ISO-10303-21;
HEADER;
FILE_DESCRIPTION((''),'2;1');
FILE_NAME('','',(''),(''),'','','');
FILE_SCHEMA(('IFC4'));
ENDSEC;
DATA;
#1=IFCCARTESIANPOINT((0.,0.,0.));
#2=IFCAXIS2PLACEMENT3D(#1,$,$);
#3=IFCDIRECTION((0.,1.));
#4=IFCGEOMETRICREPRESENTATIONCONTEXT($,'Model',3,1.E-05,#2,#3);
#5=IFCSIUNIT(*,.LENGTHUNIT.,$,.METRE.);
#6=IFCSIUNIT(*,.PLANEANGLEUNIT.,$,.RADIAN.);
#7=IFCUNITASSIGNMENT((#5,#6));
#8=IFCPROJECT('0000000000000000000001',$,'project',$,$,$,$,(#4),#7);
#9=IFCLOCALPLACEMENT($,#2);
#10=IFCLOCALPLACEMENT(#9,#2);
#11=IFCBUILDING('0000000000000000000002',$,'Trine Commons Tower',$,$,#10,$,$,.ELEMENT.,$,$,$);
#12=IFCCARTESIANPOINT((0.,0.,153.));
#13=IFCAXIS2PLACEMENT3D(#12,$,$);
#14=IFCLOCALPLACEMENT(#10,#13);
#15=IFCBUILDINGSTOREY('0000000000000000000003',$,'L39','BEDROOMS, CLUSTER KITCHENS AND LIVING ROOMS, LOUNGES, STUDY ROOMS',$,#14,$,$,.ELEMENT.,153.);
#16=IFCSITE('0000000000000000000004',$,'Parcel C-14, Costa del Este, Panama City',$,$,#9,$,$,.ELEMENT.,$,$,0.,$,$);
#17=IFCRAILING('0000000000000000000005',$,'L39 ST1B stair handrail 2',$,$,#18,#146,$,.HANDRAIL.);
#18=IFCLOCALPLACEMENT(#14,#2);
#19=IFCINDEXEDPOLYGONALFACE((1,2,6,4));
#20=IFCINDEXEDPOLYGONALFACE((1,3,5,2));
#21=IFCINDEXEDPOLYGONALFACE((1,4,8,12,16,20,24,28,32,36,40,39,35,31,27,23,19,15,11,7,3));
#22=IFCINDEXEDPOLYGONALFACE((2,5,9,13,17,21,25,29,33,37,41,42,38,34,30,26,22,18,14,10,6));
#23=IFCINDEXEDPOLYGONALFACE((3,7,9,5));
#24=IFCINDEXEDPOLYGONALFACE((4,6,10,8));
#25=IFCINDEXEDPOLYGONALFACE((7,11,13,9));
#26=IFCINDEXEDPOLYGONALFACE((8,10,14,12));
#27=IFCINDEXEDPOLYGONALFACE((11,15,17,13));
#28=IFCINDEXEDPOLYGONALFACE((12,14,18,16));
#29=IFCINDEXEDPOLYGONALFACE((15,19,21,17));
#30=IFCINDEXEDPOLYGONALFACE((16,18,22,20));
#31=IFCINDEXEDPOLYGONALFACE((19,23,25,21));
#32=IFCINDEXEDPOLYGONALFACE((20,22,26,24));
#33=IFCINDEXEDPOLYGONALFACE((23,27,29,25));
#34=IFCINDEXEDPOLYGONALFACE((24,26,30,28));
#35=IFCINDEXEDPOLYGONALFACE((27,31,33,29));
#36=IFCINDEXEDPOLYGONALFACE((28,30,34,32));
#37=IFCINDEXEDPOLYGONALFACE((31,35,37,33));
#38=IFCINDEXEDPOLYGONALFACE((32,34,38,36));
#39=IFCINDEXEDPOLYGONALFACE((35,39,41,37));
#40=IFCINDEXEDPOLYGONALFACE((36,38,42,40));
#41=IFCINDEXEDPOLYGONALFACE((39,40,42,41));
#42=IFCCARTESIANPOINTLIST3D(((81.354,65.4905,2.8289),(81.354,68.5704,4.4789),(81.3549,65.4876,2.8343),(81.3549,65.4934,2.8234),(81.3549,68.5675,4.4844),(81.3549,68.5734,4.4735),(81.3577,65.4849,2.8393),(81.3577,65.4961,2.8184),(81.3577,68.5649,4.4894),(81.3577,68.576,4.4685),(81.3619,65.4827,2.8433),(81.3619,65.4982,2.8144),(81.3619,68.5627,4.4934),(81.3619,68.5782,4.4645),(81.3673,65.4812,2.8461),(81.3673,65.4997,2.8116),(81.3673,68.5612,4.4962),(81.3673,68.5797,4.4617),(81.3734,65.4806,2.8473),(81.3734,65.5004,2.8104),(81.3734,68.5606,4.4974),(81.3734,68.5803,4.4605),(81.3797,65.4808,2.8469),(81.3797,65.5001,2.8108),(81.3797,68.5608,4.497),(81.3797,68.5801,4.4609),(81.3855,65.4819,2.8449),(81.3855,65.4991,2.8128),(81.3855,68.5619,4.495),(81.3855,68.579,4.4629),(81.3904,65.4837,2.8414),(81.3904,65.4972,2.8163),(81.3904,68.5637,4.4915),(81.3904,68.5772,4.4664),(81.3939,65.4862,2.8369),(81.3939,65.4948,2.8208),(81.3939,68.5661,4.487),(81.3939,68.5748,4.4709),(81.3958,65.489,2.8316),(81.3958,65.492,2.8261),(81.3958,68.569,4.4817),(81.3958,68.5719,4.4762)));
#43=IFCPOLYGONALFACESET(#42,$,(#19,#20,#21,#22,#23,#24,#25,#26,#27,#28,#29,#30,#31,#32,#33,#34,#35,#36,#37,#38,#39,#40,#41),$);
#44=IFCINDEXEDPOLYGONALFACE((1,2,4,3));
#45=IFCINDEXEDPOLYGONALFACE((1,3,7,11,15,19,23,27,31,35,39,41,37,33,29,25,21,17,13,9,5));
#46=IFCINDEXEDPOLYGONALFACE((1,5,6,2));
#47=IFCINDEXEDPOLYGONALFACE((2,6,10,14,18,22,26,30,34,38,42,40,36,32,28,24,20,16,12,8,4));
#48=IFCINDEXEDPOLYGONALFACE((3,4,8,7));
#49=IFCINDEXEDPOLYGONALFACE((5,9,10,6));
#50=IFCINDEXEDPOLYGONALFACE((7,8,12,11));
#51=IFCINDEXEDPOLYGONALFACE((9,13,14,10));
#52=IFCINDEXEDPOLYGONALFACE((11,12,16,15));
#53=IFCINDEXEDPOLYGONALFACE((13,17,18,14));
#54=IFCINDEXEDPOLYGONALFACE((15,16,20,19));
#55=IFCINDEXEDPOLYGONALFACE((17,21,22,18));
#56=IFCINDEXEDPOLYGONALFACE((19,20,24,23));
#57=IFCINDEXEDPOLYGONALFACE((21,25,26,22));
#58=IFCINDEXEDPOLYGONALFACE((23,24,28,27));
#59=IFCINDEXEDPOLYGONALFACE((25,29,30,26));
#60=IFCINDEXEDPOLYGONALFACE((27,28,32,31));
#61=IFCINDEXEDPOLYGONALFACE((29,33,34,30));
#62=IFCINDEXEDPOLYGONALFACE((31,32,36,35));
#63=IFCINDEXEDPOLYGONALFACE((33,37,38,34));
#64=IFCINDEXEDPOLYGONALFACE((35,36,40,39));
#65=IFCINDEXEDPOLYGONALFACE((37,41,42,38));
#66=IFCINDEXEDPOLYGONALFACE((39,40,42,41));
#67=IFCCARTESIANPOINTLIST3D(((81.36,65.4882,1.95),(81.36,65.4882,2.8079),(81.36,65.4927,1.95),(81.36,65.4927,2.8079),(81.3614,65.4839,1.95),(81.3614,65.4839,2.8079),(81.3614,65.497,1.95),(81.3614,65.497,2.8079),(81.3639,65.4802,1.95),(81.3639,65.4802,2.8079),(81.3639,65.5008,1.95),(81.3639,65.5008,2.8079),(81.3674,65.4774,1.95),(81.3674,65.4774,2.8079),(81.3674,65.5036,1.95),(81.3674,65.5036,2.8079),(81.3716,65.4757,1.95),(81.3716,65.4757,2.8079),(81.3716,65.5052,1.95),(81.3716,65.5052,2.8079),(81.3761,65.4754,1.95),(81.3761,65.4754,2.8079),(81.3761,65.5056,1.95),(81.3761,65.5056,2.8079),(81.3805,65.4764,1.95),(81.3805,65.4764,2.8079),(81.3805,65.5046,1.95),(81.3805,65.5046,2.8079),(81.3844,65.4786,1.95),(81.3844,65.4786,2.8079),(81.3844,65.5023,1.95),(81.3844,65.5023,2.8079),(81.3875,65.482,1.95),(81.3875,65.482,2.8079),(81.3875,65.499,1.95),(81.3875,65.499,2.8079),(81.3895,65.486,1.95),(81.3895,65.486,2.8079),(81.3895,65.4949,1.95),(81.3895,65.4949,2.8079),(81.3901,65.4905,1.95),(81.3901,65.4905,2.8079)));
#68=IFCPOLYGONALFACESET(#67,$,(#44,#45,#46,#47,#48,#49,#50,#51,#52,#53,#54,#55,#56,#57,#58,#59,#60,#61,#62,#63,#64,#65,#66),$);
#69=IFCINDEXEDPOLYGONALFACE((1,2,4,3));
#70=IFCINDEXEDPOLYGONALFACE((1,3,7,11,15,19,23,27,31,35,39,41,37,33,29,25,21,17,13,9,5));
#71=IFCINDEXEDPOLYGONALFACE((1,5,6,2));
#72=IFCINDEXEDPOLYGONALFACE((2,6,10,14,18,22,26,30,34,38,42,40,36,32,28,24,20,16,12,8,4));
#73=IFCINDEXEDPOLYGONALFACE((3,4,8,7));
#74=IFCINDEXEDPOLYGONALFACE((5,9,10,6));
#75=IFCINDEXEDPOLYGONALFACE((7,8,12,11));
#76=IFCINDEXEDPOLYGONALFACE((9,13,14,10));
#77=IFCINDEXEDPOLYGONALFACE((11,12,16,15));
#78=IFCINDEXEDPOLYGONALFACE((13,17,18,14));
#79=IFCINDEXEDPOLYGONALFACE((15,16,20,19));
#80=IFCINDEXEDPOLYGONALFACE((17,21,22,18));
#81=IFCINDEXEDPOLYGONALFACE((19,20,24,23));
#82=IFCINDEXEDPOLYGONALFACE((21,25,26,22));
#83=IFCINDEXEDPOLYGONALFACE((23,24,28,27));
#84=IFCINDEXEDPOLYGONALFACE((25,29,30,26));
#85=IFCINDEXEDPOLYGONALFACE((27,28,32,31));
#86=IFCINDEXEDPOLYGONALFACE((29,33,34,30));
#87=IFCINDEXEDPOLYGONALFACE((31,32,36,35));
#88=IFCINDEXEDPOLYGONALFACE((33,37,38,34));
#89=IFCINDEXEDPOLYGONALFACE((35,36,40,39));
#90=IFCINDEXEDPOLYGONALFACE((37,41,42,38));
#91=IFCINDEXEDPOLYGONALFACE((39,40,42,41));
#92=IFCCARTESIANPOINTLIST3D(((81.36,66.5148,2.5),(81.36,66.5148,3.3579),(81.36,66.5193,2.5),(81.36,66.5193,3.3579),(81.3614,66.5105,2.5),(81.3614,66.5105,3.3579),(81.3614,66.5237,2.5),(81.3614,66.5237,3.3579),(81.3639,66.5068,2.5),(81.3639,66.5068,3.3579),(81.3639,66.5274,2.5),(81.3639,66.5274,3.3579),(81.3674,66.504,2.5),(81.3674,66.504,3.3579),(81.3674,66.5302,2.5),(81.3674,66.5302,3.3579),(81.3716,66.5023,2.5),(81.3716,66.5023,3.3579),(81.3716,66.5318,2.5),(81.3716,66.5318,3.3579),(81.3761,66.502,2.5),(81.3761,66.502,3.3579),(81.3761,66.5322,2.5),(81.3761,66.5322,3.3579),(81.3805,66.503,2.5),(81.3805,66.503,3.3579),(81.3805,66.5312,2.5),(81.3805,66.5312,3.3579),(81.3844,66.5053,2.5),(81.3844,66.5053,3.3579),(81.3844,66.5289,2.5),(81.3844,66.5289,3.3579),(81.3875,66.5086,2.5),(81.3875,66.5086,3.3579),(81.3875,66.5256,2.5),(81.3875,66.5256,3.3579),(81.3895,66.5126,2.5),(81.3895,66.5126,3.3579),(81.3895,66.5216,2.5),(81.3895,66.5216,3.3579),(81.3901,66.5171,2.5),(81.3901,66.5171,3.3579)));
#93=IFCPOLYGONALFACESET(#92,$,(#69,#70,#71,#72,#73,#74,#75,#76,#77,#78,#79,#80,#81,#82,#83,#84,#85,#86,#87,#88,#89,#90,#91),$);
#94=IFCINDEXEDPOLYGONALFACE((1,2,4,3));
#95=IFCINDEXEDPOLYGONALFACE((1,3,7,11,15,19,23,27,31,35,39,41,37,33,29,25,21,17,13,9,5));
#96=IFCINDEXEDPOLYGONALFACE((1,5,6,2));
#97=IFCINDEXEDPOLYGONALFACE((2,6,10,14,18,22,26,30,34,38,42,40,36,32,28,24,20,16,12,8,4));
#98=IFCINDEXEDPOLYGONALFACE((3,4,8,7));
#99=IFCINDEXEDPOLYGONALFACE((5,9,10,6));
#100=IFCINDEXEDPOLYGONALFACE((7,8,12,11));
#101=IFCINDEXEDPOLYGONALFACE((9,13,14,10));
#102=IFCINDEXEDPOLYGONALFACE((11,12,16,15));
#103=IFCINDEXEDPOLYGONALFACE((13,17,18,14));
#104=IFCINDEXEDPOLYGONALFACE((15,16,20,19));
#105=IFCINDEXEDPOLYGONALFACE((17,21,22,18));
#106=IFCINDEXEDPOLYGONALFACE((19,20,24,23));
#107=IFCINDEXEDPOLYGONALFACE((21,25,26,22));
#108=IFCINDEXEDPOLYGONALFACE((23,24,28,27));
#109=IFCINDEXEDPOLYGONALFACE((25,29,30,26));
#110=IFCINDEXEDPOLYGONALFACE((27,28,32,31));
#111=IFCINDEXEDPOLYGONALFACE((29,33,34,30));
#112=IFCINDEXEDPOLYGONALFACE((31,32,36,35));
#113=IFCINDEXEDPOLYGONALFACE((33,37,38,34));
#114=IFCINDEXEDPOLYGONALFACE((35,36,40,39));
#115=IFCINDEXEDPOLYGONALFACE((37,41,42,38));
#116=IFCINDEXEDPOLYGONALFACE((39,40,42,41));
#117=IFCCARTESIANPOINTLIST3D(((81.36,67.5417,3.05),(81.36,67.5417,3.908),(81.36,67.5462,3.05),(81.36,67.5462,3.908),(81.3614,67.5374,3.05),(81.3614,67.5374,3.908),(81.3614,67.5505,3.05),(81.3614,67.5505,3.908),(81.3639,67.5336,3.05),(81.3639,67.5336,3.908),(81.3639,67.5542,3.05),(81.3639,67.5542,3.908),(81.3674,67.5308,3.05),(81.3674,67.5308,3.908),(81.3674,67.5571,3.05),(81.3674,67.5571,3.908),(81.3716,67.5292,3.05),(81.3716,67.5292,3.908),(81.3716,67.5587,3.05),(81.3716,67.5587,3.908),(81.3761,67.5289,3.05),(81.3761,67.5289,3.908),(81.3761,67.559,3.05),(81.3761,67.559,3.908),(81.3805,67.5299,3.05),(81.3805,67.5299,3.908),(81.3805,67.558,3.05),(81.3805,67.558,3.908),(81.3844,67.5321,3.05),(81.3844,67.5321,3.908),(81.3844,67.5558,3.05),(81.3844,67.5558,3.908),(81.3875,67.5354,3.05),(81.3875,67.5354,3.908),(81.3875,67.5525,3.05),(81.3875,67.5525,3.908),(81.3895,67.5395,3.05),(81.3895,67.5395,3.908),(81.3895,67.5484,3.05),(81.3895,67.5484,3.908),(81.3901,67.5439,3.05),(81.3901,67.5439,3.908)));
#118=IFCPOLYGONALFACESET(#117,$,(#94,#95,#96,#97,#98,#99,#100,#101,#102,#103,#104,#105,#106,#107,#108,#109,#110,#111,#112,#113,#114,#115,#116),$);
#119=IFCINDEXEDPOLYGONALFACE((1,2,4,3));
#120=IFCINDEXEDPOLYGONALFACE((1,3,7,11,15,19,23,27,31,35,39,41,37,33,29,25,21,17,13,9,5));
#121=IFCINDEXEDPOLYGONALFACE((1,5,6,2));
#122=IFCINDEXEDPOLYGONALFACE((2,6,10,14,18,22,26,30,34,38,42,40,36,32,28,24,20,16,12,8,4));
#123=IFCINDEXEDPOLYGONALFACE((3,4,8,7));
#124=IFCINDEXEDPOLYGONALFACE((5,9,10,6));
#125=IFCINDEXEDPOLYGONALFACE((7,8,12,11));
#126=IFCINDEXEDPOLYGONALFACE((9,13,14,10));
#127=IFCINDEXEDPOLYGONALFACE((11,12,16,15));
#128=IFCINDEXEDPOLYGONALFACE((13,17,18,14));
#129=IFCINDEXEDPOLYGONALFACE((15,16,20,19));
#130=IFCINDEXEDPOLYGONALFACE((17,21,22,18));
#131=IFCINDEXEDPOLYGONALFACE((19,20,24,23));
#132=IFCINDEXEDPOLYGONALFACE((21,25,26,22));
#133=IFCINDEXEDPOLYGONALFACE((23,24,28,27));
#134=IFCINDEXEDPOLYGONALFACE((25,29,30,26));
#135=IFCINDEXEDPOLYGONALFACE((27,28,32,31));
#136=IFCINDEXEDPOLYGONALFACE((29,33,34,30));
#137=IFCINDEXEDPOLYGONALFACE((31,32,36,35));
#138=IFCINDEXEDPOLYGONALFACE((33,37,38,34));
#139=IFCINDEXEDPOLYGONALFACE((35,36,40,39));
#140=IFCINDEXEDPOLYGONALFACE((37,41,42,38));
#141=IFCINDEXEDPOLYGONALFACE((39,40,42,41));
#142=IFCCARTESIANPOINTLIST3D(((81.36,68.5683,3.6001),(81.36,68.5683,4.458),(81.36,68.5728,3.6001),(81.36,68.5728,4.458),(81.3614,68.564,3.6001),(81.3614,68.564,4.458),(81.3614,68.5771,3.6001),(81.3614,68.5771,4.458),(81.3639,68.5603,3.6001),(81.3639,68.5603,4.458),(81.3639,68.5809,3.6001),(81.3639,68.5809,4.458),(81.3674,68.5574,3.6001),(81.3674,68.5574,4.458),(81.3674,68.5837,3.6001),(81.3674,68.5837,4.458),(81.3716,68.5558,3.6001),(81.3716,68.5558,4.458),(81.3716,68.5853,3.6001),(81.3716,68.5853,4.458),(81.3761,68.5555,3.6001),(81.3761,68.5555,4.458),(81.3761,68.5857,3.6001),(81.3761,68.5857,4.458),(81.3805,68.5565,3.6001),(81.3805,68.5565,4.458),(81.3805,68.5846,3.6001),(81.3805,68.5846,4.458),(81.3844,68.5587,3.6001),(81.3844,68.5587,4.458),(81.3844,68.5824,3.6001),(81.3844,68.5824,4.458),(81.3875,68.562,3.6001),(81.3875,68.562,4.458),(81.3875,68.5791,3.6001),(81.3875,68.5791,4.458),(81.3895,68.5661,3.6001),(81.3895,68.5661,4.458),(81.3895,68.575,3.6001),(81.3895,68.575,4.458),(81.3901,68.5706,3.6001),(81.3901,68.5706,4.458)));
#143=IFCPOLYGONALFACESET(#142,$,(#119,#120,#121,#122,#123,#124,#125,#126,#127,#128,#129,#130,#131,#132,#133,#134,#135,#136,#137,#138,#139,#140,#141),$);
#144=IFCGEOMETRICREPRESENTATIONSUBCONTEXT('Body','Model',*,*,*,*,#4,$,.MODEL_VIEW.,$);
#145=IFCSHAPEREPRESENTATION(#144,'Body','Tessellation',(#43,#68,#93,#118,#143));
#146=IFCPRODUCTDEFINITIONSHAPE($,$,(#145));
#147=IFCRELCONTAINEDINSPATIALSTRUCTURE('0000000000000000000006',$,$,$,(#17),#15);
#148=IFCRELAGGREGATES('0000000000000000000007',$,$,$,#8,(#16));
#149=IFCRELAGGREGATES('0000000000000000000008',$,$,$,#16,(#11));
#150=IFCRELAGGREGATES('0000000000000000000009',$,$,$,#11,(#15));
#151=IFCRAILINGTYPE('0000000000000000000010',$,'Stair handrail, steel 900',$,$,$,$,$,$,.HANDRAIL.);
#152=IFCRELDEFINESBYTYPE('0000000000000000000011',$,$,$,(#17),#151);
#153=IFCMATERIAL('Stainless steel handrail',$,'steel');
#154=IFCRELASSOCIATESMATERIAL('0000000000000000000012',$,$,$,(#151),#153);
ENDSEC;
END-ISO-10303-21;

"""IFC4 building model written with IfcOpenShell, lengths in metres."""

from ifc_helpers import new_model, si_unit, direction, frame, origin, origin_2d, place, context, subcontext, project, spatial, circle, extrude, material, type_object, element, save


model = new_model("IFC4")

# Units and contexts
model_context = context("Model", 3, precision=1e-05, world=origin(), true_north=direction((0.0, 1.0)))
body_context = subcontext(model_context, "Body", "Model", "MODEL_VIEW")
ifc_project = project(units=[si_unit("LENGTHUNIT", "METRE"), si_unit("PLANEANGLEUNIT", "RADIAN")], contexts=[model_context])

# Site, building, storey
site_placement = place(None, origin())
site = spatial("IfcSite", under=ifc_project, at=site_placement, Name="Parcel C-14, Costa del Este, Panama City", CompositionType="ELEMENT", RefElevation=0.0)
building_placement = place(site_placement, origin())
building = spatial("IfcBuilding", under=site, at=building_placement, Name="Trine Commons Tower", CompositionType="ELEMENT")
storey_placement = place(building_placement, frame((0.0, 0.0, 153.0)))
storey = spatial("IfcBuildingStorey", under=building, at=storey_placement, Name="L39", Description="BEDROOMS, CLUSTER KITCHENS AND LIVING ROOMS, LOUNGES, STUDY ROOMS", CompositionType="ELEMENT", Elevation=153.0)

# Railing
ifc_material_1 = material(Name="Stainless steel handrail", Category="steel")
railing_type_1 = type_object("IfcRailingType", Name="Stair handrail, steel 900", PredefinedType="HANDRAIL", material=ifc_material_1)
railing_1_placement = place(storey_placement, frame((81.375, 65.4905, 1.95)))
element("IfcRailing", 1, at=railing_1_placement, inside=storey, type_object=railing_type_1, Name="L39 ST1B stair handrail 2", PredefinedType="HANDRAIL", context=body_context, shape_type="SweptSolid", body=[
    extrude(circle(Radius=0.021, at=origin_2d()), frame((0.0, 0.0, 0.8789), z_axis=(0.0, 0.881468, 0.472245), x_axis=(-1.0, 0.0, 0.0)), (0.0, 0.0, 1.0), 3.4941),
    extrude(circle(Radius=0.0151, at=origin_2d()), origin(), (0.0, 0.0, 1.0), 0.8579),
    extrude(circle(Radius=0.0151, at=origin_2d()), frame((0.0, 1.0266, 0.55)), (0.0, 0.0, 1.0), 0.8579),
    extrude(circle(Radius=0.0151, at=origin_2d()), frame((0.0, 2.0535, 1.1001)), (0.0, 0.0, 1.0), 0.8579),
    extrude(circle(Radius=0.0151, at=origin_2d()), frame((0.0, 3.0801, 1.6501)), (0.0, 0.0, 1.0), 0.8579),
])

save(model, "model.ifc")
